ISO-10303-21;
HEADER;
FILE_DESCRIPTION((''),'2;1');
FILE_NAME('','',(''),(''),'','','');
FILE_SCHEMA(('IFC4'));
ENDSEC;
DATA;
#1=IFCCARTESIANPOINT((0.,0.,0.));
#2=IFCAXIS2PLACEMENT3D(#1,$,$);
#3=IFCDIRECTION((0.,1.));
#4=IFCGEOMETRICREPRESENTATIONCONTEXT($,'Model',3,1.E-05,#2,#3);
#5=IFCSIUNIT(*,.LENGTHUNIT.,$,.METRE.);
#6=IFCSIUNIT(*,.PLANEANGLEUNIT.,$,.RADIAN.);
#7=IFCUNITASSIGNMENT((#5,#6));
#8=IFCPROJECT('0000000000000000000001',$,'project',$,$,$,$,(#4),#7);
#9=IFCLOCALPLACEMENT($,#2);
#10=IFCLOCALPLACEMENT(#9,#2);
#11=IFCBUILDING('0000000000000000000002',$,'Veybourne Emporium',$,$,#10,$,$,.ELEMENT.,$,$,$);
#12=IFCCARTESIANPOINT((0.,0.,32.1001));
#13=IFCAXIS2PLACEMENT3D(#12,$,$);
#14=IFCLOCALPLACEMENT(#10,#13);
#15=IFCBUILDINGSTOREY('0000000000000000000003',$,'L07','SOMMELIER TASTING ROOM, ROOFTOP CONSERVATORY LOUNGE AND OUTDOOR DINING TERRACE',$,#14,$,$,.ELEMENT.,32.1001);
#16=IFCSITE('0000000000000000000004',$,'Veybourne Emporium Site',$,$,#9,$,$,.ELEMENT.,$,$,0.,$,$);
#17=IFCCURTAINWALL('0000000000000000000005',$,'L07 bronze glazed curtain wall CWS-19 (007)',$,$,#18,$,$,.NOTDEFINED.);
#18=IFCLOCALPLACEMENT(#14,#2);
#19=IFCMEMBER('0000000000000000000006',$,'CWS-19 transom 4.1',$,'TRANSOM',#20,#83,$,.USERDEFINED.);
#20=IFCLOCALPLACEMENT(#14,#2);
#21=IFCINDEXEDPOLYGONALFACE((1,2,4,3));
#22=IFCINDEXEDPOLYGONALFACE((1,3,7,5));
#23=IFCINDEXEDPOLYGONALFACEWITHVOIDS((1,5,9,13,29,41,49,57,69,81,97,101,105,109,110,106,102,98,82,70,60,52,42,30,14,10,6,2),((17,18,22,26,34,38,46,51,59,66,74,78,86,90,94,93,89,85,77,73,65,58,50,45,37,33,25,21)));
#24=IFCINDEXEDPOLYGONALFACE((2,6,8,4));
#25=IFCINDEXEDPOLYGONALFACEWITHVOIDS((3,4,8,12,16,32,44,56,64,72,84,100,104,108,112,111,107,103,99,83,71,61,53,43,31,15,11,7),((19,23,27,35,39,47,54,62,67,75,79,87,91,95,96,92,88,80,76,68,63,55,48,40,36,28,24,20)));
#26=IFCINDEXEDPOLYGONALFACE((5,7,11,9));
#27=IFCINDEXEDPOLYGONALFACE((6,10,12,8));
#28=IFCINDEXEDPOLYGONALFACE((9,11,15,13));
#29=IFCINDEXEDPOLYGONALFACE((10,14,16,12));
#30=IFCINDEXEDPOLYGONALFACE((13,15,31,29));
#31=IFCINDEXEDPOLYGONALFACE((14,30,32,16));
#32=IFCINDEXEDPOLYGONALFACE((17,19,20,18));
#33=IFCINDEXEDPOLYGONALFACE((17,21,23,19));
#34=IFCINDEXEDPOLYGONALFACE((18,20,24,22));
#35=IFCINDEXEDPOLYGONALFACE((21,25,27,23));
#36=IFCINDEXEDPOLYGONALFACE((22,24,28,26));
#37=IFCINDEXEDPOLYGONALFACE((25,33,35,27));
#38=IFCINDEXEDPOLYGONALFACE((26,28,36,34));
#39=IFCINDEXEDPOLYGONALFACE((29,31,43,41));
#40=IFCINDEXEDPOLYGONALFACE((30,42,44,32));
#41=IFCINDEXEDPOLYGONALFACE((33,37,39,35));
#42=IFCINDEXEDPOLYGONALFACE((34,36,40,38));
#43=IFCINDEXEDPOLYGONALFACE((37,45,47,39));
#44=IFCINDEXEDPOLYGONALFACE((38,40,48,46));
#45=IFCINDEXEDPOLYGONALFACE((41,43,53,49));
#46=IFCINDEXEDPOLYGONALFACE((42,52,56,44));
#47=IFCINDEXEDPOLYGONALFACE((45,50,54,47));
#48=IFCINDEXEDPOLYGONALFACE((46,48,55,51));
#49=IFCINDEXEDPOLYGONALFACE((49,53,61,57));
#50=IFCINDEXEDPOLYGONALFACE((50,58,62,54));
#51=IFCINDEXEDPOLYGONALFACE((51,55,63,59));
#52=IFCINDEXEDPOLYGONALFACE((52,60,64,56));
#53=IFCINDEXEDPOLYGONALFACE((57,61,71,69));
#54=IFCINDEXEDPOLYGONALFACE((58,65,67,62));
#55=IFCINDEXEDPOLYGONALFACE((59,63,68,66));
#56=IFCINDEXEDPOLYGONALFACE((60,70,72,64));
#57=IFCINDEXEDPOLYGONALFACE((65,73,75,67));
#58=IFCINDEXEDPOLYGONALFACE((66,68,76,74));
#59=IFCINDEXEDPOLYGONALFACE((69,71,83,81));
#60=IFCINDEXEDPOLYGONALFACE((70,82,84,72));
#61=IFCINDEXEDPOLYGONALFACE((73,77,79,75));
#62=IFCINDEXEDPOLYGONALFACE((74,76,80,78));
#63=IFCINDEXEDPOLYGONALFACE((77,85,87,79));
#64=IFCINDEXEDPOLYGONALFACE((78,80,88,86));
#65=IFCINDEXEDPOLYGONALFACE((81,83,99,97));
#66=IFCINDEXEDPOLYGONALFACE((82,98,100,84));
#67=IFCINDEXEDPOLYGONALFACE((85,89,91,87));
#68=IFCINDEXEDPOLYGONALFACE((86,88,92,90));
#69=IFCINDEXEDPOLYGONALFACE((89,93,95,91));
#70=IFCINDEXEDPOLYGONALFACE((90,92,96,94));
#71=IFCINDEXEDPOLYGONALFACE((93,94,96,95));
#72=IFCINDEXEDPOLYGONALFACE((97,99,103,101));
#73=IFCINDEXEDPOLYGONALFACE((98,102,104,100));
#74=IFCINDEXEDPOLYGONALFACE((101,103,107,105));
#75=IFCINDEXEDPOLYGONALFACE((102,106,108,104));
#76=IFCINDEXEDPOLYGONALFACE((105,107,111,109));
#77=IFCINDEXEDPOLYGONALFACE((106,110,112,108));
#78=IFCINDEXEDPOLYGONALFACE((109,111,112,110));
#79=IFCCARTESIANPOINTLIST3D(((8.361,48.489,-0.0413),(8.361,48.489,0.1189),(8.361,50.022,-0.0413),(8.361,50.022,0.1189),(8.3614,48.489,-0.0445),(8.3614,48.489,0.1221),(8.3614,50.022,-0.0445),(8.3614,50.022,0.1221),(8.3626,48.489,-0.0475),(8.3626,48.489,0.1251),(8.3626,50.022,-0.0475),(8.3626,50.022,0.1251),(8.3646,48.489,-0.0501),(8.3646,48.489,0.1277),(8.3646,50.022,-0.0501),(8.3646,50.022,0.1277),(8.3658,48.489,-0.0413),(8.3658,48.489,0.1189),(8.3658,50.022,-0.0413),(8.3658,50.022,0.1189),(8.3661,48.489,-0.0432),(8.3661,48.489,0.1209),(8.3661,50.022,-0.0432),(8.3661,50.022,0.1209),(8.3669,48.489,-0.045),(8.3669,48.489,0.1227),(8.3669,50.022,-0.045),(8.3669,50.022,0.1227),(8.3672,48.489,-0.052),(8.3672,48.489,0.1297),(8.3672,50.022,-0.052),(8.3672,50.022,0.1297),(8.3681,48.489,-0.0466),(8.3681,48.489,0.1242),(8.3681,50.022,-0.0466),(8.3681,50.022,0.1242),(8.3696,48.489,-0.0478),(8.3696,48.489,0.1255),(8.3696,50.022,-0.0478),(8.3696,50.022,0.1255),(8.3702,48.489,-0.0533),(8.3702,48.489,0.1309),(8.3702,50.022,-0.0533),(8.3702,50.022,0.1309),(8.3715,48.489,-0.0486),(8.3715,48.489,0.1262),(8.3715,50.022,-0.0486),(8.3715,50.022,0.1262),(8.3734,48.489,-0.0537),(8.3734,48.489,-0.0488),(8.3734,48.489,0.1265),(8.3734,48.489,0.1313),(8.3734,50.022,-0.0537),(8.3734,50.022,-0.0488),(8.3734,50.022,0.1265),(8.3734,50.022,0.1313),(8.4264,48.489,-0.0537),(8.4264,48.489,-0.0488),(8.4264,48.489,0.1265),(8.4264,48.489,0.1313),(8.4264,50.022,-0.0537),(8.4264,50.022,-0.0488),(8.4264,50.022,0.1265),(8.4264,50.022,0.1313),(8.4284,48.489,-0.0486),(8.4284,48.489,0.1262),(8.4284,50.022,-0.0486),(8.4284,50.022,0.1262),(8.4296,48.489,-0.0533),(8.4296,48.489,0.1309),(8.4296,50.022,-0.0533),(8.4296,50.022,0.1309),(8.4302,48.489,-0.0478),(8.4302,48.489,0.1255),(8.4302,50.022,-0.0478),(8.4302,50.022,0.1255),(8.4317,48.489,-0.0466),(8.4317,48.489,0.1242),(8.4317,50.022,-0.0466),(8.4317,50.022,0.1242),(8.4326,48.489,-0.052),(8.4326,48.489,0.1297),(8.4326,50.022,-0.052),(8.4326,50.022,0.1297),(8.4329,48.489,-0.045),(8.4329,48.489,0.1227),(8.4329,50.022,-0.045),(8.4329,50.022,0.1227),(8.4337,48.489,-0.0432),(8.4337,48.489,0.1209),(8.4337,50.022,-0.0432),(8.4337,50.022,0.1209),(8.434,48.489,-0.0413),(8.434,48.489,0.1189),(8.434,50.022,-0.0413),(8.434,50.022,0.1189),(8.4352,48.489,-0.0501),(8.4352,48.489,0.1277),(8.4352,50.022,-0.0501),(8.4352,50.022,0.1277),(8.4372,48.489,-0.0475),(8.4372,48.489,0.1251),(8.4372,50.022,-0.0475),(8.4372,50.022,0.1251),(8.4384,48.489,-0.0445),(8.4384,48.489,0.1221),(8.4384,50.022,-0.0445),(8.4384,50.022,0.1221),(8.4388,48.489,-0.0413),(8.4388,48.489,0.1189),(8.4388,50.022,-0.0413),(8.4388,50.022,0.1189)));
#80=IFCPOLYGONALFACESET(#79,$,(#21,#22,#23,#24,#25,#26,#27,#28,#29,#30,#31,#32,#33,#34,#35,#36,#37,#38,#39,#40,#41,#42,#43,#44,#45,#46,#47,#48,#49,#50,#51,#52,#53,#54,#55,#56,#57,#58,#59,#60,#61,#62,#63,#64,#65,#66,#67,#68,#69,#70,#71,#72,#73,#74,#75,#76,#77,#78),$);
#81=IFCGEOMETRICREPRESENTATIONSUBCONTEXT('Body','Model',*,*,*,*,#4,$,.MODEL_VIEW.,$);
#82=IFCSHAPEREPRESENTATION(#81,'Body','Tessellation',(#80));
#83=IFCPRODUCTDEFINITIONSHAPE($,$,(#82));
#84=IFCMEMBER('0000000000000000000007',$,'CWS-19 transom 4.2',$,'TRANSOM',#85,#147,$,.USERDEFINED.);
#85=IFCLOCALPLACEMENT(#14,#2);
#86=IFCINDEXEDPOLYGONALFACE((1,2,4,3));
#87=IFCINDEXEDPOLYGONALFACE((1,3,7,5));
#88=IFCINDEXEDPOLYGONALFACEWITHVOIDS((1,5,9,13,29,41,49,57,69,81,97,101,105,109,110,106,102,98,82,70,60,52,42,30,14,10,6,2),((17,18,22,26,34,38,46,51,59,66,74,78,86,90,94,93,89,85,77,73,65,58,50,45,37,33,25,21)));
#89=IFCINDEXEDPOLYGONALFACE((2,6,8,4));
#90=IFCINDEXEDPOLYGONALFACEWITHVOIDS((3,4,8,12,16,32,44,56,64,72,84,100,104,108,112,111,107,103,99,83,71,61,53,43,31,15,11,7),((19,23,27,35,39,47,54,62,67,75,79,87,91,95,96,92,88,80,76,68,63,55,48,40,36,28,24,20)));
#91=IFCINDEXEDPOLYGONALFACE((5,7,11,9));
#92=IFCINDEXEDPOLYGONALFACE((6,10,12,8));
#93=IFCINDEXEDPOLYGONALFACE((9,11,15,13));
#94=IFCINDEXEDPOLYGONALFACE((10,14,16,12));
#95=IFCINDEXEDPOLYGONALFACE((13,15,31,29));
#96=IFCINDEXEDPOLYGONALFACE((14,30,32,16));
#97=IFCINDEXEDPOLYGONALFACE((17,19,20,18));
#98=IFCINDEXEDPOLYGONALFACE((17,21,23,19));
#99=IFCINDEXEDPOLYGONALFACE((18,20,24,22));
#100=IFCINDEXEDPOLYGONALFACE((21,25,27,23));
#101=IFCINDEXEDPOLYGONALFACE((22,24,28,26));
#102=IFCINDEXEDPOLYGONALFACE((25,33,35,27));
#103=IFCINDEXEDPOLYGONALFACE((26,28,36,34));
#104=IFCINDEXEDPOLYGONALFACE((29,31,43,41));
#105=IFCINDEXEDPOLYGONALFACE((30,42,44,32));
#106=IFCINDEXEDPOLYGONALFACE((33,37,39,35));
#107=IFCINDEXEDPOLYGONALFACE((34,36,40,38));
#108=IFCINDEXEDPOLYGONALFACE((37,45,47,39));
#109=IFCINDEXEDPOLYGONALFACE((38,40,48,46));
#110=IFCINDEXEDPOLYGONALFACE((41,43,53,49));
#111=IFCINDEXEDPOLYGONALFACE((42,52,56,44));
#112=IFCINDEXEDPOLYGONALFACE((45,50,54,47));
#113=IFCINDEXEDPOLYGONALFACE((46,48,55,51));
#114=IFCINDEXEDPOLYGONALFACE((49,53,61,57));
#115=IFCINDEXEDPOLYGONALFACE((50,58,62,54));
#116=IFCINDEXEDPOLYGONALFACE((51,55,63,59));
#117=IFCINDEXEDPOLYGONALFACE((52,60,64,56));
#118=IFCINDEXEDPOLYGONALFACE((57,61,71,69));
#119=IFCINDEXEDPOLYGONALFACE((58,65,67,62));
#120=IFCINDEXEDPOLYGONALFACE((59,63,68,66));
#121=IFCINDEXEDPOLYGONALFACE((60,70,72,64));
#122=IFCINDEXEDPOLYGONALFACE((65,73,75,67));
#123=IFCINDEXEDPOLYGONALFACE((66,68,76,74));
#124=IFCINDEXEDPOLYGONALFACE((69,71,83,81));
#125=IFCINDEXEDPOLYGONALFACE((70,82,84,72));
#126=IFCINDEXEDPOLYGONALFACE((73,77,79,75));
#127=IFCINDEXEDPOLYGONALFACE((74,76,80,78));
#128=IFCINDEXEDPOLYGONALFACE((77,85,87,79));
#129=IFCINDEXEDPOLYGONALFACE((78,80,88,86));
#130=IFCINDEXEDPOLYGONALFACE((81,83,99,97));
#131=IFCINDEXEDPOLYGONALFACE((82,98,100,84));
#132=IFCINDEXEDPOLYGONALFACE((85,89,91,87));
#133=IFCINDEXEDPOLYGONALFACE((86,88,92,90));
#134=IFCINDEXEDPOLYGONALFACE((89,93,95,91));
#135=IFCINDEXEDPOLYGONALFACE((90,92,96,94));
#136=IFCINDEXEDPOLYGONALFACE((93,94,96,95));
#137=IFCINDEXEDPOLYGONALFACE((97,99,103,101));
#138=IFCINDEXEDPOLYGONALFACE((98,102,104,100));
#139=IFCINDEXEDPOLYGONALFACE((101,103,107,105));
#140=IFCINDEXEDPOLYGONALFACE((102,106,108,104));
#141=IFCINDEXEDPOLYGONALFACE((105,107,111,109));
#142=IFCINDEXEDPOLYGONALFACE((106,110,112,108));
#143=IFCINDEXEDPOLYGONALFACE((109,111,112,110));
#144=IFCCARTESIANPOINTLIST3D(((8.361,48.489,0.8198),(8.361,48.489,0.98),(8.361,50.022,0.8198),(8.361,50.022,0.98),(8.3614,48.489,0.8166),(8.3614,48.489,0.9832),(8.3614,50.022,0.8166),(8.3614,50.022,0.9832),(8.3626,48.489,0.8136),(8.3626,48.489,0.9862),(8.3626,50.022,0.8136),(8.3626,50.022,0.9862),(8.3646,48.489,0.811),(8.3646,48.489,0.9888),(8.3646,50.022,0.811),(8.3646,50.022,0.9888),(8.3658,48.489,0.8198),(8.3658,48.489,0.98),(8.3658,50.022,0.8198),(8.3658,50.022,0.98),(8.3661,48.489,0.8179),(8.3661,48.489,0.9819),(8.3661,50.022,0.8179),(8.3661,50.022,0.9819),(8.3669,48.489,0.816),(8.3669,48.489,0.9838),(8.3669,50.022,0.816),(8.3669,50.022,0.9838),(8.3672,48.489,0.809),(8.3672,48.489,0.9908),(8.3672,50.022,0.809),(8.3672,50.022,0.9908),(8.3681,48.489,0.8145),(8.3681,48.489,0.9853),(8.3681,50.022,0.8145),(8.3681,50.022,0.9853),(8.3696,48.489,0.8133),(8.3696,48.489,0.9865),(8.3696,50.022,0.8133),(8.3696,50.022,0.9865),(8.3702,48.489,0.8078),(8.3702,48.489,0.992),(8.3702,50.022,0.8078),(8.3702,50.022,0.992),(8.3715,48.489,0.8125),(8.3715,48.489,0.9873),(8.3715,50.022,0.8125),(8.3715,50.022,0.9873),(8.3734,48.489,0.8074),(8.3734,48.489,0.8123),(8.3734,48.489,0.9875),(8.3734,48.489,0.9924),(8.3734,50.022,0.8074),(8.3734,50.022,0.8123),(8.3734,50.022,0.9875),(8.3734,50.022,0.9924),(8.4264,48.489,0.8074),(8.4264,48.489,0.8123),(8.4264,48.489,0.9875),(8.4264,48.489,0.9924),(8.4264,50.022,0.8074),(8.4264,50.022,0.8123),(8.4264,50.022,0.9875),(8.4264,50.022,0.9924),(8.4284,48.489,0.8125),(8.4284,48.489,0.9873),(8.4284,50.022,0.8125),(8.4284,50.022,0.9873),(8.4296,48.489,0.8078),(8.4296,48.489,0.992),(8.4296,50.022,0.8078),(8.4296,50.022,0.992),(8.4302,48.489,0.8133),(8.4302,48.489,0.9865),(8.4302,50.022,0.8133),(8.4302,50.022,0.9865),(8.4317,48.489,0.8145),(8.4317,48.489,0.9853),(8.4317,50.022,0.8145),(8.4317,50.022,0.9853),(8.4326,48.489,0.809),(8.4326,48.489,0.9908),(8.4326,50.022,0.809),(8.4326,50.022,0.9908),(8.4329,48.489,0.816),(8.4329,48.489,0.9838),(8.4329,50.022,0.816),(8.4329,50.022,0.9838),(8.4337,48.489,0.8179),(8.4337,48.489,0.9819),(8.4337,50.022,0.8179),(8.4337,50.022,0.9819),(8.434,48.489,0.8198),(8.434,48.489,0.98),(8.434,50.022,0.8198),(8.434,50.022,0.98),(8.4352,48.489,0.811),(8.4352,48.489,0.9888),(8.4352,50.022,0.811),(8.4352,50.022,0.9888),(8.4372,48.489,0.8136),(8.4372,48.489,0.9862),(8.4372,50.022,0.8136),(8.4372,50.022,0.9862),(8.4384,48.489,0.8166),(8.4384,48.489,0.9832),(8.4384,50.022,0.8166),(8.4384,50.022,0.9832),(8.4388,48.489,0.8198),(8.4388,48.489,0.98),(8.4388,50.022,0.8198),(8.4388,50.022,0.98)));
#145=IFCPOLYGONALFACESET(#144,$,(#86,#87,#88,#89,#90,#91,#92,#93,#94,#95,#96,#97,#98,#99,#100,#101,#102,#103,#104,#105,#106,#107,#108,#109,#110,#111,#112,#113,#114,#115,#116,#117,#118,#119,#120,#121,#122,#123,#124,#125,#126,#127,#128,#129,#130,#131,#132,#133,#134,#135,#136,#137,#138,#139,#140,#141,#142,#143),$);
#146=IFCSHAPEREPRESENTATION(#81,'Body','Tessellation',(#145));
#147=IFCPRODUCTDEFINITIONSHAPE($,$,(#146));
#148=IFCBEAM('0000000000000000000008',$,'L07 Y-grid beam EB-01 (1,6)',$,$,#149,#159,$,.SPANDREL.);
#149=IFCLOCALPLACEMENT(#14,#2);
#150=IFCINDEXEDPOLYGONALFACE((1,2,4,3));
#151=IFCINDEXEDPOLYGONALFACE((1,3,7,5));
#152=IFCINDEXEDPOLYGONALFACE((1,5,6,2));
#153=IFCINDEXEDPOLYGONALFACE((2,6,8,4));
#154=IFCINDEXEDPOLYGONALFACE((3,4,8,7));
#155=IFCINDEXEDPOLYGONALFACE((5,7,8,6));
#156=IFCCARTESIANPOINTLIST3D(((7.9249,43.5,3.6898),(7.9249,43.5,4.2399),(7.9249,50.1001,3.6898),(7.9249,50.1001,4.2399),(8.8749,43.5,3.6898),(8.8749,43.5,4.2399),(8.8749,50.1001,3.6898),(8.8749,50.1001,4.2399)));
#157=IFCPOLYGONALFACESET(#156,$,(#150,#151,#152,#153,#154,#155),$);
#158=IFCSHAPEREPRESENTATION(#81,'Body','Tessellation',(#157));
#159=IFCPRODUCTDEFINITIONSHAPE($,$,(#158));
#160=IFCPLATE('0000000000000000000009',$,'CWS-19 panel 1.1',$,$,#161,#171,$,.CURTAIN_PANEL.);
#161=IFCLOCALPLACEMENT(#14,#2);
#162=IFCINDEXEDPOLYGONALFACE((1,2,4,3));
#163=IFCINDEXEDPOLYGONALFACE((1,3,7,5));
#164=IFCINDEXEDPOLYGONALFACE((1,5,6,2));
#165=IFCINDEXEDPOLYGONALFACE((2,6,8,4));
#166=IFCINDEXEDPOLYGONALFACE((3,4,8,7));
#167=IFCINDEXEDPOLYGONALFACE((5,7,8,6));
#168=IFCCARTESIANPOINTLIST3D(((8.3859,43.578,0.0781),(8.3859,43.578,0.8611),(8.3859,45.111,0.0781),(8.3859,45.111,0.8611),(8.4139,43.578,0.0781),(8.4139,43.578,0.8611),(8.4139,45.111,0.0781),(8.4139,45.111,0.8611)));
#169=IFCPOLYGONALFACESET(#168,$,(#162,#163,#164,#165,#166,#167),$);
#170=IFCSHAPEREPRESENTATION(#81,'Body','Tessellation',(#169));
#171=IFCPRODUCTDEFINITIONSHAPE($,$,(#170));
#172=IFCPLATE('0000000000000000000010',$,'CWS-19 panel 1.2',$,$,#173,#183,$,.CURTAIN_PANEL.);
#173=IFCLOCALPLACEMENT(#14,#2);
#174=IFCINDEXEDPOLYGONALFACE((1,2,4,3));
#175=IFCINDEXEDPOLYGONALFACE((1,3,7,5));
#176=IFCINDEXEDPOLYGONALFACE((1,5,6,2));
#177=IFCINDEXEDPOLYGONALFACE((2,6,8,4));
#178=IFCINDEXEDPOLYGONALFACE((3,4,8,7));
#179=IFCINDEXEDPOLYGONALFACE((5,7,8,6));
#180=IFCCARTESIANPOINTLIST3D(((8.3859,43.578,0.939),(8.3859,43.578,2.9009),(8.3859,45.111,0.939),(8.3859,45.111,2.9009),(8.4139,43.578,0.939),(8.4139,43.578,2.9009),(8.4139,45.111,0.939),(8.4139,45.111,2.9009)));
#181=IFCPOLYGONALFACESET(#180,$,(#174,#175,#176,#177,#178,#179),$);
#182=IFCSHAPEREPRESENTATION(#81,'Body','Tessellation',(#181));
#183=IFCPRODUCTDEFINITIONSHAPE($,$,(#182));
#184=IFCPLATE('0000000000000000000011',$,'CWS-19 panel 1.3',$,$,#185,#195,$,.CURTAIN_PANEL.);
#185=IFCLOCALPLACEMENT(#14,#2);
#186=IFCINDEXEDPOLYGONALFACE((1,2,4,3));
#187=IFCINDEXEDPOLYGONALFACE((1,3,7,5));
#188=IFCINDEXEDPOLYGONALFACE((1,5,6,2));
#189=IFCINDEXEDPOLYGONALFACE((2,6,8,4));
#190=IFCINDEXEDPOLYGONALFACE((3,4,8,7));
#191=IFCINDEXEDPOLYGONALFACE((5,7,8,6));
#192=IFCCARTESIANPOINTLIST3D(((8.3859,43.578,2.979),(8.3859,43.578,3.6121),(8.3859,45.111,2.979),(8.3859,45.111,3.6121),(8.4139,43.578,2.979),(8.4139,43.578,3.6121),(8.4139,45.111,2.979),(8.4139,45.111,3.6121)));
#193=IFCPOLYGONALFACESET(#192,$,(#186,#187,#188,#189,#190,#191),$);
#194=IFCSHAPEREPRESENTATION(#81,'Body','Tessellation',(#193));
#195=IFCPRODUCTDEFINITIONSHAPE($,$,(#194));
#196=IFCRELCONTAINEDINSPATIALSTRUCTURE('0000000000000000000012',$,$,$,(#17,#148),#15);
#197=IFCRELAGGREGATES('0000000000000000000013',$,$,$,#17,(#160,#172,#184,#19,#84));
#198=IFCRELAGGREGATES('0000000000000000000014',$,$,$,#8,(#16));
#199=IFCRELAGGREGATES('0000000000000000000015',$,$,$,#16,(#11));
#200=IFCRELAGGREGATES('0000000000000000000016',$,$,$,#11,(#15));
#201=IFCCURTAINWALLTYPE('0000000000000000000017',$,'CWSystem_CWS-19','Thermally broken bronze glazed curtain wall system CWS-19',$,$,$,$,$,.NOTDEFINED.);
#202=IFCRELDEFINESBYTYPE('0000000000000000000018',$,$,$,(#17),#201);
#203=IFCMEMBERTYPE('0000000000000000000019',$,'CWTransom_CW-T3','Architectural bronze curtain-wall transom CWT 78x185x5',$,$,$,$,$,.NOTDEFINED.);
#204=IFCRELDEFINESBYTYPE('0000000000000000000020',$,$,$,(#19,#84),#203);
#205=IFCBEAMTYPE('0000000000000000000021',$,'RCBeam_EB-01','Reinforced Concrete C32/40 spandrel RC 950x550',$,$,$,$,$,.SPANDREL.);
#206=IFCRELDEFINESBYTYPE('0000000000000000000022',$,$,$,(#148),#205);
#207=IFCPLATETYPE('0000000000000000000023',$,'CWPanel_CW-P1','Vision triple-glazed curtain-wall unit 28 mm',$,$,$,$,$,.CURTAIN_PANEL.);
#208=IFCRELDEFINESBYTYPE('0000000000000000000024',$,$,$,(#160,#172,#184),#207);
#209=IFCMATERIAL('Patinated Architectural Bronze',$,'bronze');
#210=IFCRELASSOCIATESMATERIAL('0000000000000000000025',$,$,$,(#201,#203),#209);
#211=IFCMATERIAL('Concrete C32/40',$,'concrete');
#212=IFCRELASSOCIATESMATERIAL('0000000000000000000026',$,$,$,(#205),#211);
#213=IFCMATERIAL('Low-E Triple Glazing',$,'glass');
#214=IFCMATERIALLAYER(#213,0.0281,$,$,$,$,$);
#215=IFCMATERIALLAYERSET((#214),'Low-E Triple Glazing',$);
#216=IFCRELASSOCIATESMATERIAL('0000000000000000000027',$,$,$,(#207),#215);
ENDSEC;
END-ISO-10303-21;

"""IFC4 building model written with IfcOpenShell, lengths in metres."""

from ifc_helpers import new_model, si_unit, direction, frame, origin, origin_2d, place, context, subcontext, project, spatial, rectangle, hollow_rectangle, extrude, material, layer, layer_set, material_profile, profile_set, type_object, element, aggregate, save


model = new_model("IFC4")

# Units and contexts
model_context = context("Model", 3, precision=1e-05, world=origin(), true_north=direction((0.0, 1.0)))
body_context = subcontext(model_context, "Body", "Model", "MODEL_VIEW")
ifc_project = project(units=[si_unit("LENGTHUNIT", "METRE"), si_unit("PLANEANGLEUNIT", "RADIAN")], contexts=[model_context])

# Site, building, storey
site_placement = place(None, origin())
site = spatial("IfcSite", under=ifc_project, at=site_placement, Name="Veybourne Emporium Site", CompositionType="ELEMENT", RefElevation=0.0)
building_placement = place(site_placement, origin())
building = spatial("IfcBuilding", under=site, at=building_placement, Name="Veybourne Emporium", CompositionType="ELEMENT")
storey_placement = place(building_placement, frame((0.0, 0.0, 32.1001)))
storey = spatial("IfcBuildingStorey", under=building, at=storey_placement, Name="L07", Description="SOMMELIER TASTING ROOM, ROOFTOP CONSERVATORY LOUNGE AND OUTDOOR DINING TERRACE", CompositionType="ELEMENT", Elevation=32.1001)

# Curtain wall, members
ifc_material_1 = material(Name="Patinated Architectural Bronze", Category="bronze")
curtain_wall_type = type_object("IfcCurtainWallType", Name="CWSystem_CWS-19", Description="Thermally broken bronze glazed curtain wall system CWS-19", PredefinedType="NOTDEFINED", material=ifc_material_1)
curtain_wall_placement = place(storey_placement, origin())
curtain_wall = element("IfcCurtainWall", 1, at=curtain_wall_placement, inside=storey, type_object=curtain_wall_type, Name="L07 bronze glazed curtain wall CWS-19 (007)", PredefinedType="NOTDEFINED")
ifc_material_profile_1 = material_profile(ifc_material_1, hollow_rectangle(XDim=0.0779, YDim=0.1851, WallThickness=0.0049, InnerFilletRadius=0.0076, OuterFilletRadius=0.0125, at=origin_2d()), Name="CWT 78x185x5")
ifc_profile_set_1 = profile_set([ifc_material_profile_1], Name="Patinated Architectural Bronze")
member_type_1 = type_object("IfcMemberType", Name="CWTransom_CW-T3", Description="Architectural bronze curtain-wall transom CWT 78x185x5", PredefinedType="NOTDEFINED", material=ifc_profile_set_1)
member_1_placement = place(storey_placement, frame((8.3999, 48.489, 0.0388), z_axis=(0.0, 1.0, 0.0), x_axis=(-1.0, 0.0, 0.0)))
member_1 = element("IfcMember", 2, at=member_1_placement, type_object=member_type_1, Name="CWS-19 transom 4.1", ObjectType="TRANSOM", PredefinedType="USERDEFINED", context=body_context, shape_type="SweptSolid", body=[
    extrude(hollow_rectangle(XDim=0.0779, YDim=0.1851, WallThickness=0.0049, InnerFilletRadius=0.0076, OuterFilletRadius=0.0125, at=origin_2d()), origin(), (0.0, 0.0, 1.0), 1.533),
])
member_2_placement = place(storey_placement, frame((8.3999, 48.489, 0.8999), z_axis=(0.0, 1.0, 0.0), x_axis=(-1.0, 0.0, 0.0)))
member_2 = element("IfcMember", 3, at=member_2_placement, type_object=member_type_1, Name="CWS-19 transom 4.2", ObjectType="TRANSOM", PredefinedType="USERDEFINED", context=body_context, shape_type="SweptSolid", body=[
    extrude(hollow_rectangle(XDim=0.0779, YDim=0.1851, WallThickness=0.0049, InnerFilletRadius=0.0076, OuterFilletRadius=0.0125, at=origin_2d()), origin(), (0.0, 0.0, 1.0), 1.533),
])

# Beam
ifc_material_2 = material(Name="Concrete C32/40", Category="concrete")
ifc_material_profile_2 = material_profile(ifc_material_2, rectangle(XDim=0.95, YDim=0.55, at=origin_2d()), Name="RC 950x550")
ifc_profile_set_2 = profile_set([ifc_material_profile_2], Name="Concrete C32/40")
beam_type = type_object("IfcBeamType", Name="RCBeam_EB-01", Description="Reinforced Concrete C32/40 spandrel RC 950x550", PredefinedType="SPANDREL", material=ifc_profile_set_2)
beam_placement = place(storey_placement, frame((8.3999, 43.5, 3.9648), z_axis=(0.0, 1.0, 0.0), x_axis=(-1.0, 0.0, 0.0)))
element("IfcBeam", 4, at=beam_placement, inside=storey, type_object=beam_type, Name="L07 Y-grid beam EB-01 (1,6)", PredefinedType="SPANDREL", context=body_context, shape_type="SweptSolid", body=[
    extrude(rectangle(XDim=0.95, YDim=0.55, at=origin_2d()), origin(), (0.0, 0.0, 1.0), 6.6001),
])

# Plates
ifc_material_3 = material(Name="Low-E Triple Glazing", Category="glass")
ifc_layer_1 = layer(ifc_material_3, 0.0281)
ifc_layer_set_1 = layer_set([ifc_layer_1], Name="Low-E Triple Glazing")
plate_type = type_object("IfcPlateType", Name="CWPanel_CW-P1", Description="Vision triple-glazed curtain-wall unit 28 mm", PredefinedType="CURTAIN_PANEL", material=ifc_layer_set_1)
plate_1_placement = place(storey_placement, frame((8.3999, 44.3445, 0.0781), z_axis=(0.0, 0.0, 1.0), x_axis=(0.0, 1.0, 0.0)))
plate_1 = element("IfcPlate", 5, at=plate_1_placement, type_object=plate_type, Name="CWS-19 panel 1.1", PredefinedType="CURTAIN_PANEL", context=body_context, shape_type="SweptSolid", body=[
    extrude(rectangle(XDim=1.533, YDim=0.0281, at=origin_2d()), origin(), (0.0, 0.0, 1.0), 0.783),
])
plate_2_placement = place(storey_placement, frame((8.3999, 44.3445, 0.939), z_axis=(0.0, 0.0, 1.0), x_axis=(0.0, 1.0, 0.0)))
plate_2 = element("IfcPlate", 6, at=plate_2_placement, type_object=plate_type, Name="CWS-19 panel 1.2", PredefinedType="CURTAIN_PANEL", context=body_context, shape_type="SweptSolid", body=[
    extrude(rectangle(XDim=1.533, YDim=0.0281, at=origin_2d()), origin(), (0.0, 0.0, 1.0), 1.9619),
])
plate_3_placement = place(storey_placement, frame((8.3999, 44.3445, 2.979), z_axis=(0.0, 0.0, 1.0), x_axis=(0.0, 1.0, 0.0)))
plate_3 = element("IfcPlate", 7, at=plate_3_placement, type_object=plate_type, Name="CWS-19 panel 1.3", PredefinedType="CURTAIN_PANEL", context=body_context, shape_type="SweptSolid", body=[
    extrude(rectangle(XDim=1.533, YDim=0.0281, at=origin_2d()), origin(), (0.0, 0.0, 1.0), 0.6331),
])
aggregate(curtain_wall, [plate_1, plate_2, plate_3, member_1, member_2])

save(model, "model.ifc")
